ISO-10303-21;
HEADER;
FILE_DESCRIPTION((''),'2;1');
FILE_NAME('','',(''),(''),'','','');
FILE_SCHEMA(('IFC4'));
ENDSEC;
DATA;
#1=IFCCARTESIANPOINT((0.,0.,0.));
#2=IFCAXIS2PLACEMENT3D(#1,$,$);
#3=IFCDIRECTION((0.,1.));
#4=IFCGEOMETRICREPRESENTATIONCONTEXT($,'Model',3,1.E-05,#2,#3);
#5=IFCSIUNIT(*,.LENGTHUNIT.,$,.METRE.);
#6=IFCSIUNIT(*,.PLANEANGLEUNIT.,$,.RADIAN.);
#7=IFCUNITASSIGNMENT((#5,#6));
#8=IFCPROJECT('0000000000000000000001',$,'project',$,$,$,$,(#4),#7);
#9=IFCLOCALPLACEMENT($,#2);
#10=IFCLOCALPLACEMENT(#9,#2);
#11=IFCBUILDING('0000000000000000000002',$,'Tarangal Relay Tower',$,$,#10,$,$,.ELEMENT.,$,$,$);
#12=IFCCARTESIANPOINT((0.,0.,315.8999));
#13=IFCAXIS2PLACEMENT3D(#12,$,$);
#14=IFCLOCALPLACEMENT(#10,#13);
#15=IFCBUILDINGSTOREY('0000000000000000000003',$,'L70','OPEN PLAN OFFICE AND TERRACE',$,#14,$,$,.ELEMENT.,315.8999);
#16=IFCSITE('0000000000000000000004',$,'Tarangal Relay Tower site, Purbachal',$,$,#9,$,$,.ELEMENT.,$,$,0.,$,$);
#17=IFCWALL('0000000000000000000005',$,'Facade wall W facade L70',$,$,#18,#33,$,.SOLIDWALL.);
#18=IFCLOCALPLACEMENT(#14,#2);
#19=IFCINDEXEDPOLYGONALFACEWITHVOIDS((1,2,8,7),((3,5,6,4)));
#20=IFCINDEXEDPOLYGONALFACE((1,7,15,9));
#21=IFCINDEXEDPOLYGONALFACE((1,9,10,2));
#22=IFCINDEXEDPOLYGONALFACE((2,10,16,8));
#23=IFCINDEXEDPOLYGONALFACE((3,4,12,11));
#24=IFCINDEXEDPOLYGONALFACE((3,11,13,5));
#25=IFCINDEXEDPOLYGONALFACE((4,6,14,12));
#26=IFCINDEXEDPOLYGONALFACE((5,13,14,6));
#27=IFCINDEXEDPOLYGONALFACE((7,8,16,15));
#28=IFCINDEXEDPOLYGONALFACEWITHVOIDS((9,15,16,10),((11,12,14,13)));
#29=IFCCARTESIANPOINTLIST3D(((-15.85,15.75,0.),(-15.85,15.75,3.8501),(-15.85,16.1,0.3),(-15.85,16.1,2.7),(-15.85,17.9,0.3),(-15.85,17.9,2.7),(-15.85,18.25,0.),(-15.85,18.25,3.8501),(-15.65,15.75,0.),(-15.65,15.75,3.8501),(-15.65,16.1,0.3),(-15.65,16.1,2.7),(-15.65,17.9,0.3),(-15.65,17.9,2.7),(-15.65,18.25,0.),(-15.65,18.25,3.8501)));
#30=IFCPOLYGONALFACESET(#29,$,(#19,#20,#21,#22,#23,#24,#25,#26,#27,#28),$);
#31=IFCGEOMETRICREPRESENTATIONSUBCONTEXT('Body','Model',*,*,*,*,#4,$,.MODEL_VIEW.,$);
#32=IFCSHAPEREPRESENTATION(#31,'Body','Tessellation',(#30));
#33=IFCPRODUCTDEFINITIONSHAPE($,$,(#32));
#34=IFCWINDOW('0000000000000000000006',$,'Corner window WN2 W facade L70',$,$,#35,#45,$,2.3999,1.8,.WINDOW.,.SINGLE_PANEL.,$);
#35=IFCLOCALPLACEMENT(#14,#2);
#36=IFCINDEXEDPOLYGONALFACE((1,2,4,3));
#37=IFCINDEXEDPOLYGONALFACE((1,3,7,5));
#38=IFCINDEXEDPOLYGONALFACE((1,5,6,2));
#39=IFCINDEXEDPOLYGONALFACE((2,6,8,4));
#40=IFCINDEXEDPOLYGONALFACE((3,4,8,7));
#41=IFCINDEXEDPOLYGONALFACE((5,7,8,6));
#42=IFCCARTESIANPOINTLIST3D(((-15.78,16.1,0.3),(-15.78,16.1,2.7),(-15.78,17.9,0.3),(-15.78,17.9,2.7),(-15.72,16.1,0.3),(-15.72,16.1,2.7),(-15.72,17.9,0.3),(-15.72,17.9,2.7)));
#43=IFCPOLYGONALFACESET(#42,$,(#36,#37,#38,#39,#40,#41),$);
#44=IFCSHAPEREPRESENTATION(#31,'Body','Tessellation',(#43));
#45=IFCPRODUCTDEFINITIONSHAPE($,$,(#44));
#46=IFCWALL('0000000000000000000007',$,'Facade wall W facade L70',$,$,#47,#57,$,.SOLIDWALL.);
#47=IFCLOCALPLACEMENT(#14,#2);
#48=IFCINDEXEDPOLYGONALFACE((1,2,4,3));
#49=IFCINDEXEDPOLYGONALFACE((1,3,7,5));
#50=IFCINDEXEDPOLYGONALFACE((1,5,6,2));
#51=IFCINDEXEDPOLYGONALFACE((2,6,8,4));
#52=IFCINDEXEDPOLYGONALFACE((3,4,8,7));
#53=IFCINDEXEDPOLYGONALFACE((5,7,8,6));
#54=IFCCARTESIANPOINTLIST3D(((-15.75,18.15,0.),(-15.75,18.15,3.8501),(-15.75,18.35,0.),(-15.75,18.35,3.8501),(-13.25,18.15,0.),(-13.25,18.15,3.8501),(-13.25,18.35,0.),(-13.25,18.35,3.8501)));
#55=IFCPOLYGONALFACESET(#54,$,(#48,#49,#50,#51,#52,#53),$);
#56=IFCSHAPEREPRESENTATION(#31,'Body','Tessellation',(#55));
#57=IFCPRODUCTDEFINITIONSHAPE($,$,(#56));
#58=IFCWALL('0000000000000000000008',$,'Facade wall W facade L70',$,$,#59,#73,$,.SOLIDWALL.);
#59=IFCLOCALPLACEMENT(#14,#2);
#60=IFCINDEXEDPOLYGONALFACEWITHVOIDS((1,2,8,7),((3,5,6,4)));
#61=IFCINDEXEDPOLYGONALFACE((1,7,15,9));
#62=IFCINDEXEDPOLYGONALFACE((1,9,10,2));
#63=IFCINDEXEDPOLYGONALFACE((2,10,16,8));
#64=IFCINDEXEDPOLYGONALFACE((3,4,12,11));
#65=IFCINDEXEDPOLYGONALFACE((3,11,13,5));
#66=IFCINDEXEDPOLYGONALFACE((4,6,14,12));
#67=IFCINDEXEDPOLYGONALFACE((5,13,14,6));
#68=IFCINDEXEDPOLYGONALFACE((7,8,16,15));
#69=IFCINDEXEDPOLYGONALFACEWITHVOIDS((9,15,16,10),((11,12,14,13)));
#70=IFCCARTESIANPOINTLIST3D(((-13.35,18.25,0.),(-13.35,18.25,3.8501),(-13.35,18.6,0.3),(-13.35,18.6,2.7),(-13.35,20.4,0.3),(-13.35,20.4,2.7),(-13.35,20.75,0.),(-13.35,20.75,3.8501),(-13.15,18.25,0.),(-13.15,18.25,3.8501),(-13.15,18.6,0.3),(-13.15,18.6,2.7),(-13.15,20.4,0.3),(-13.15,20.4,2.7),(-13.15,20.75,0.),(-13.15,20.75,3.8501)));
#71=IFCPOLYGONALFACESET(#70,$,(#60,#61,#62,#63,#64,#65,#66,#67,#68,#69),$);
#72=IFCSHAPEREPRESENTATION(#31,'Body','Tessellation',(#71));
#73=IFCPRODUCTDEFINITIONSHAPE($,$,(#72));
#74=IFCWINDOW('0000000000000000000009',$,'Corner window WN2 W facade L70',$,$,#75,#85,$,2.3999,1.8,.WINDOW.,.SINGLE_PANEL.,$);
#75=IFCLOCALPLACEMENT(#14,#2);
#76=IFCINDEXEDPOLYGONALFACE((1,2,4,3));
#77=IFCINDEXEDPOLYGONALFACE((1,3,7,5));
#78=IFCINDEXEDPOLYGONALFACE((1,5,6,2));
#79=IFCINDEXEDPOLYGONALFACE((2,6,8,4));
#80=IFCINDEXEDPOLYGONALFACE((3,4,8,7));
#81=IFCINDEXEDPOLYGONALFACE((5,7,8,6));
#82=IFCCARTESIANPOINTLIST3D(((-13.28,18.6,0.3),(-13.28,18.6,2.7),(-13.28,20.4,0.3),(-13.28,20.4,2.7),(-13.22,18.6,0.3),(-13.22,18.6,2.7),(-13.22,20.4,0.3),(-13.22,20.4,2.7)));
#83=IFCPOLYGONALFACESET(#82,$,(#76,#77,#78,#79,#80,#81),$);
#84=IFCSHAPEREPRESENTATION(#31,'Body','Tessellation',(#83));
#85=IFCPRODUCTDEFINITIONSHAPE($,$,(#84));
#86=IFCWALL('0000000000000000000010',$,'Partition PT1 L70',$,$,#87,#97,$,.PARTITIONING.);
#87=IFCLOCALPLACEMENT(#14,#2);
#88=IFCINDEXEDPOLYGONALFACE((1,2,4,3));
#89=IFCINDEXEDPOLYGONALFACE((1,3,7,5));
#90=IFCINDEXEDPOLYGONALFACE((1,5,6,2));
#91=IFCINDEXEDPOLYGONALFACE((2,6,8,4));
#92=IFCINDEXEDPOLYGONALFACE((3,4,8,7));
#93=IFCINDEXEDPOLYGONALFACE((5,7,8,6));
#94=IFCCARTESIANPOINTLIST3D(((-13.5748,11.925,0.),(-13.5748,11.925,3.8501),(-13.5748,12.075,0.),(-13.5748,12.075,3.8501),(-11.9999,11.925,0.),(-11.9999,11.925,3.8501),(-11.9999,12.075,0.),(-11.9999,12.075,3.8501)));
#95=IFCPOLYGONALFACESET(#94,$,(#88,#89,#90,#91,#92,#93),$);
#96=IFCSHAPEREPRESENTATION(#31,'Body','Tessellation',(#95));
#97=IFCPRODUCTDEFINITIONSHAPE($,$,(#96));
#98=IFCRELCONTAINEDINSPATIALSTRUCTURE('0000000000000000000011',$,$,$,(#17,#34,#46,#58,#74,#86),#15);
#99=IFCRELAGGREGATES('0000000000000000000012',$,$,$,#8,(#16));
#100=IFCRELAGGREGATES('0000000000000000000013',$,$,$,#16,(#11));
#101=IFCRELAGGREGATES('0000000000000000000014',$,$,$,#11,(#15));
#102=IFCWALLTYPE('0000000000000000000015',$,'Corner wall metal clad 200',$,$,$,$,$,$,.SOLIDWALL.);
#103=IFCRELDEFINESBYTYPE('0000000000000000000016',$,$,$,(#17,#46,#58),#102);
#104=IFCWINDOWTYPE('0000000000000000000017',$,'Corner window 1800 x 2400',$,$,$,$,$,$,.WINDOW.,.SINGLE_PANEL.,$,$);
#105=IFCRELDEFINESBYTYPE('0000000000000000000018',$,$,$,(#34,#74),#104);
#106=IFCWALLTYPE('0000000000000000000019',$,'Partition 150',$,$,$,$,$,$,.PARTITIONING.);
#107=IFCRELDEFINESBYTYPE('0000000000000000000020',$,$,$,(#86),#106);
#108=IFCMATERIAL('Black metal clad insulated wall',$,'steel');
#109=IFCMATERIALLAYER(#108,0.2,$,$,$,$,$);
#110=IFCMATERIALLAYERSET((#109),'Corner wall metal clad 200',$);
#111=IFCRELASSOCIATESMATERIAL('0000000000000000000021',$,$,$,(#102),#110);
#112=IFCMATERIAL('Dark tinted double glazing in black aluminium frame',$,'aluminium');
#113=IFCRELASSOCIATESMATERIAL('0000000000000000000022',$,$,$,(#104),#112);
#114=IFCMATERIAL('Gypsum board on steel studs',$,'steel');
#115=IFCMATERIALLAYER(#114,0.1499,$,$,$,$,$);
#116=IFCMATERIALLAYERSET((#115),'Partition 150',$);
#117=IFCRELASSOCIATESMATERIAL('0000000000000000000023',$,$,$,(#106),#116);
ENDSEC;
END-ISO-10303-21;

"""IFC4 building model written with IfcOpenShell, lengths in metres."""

from ifc_helpers import new_model, si_unit, direction, frame, frame_2d, origin, place, context, subcontext, project, spatial, rectangle, extrude, material, layer, layer_set, type_object, element, fill, save


model = new_model("IFC4")

# Units and contexts
model_context = context("Model", 3, precision=1e-05, world=origin(), true_north=direction((0.0, 1.0)))
body_context = subcontext(model_context, "Body", "Model", "MODEL_VIEW")
ifc_project = project(units=[si_unit("LENGTHUNIT", "METRE"), si_unit("PLANEANGLEUNIT", "RADIAN")], contexts=[model_context])

# Site, building, storey
site_placement = place(None, origin())
site = spatial("IfcSite", under=ifc_project, at=site_placement, Name="Tarangal Relay Tower site, Purbachal", CompositionType="ELEMENT", RefElevation=0.0)
building_placement = place(site_placement, origin())
building = spatial("IfcBuilding", under=site, at=building_placement, Name="Tarangal Relay Tower", CompositionType="ELEMENT")
storey_placement = place(building_placement, frame((0.0, 0.0, 315.8999)))
storey = spatial("IfcBuildingStorey", under=building, at=storey_placement, Name="L70", Description="OPEN PLAN OFFICE AND TERRACE", CompositionType="ELEMENT", Elevation=315.8999)

# Shared definitions
ifc_material_1 = material(Name="Black metal clad insulated wall", Category="steel")
ifc_layer_1 = layer(ifc_material_1, 0.2)
ifc_layer_set_1 = layer_set([ifc_layer_1], Name="Corner wall metal clad 200")
wall_type_1 = type_object("IfcWallType", Name="Corner wall metal clad 200", PredefinedType="SOLIDWALL", material=ifc_layer_set_1)

# Shared definitions
ifc_material_2 = material(Name="Dark tinted double glazing in black aluminium frame", Category="aluminium")
window_type = type_object("IfcWindowType", Name="Corner window 1800 x 2400", PartitioningType="SINGLE_PANEL", PredefinedType="WINDOW", material=ifc_material_2)

# Wall, opening, window
wall_1_placement = place(storey_placement, frame((-15.75, 15.75, 0.0), z_axis=(0.0, 0.0, 1.0), x_axis=(0.0, 1.0, 0.0)))
wall_1 = element("IfcWall", 1, at=wall_1_placement, inside=storey, type_object=wall_type_1, Name="Facade wall W facade L70", PredefinedType="SOLIDWALL", context=body_context, shape_type="SweptSolid", body=[
    extrude(rectangle(XDim=2.5, YDim=0.2, at=frame_2d((1.25, 0.0))), origin(), (0.0, 0.0, 1.0), 3.8501),
])
opening_1_placement = place(wall_1_placement, frame((0.3501, 0.0, 0.3)))
opening_1 = element("IfcOpeningElement", 2, at=opening_1_placement, cuts=wall_1, PredefinedType="OPENING", context=body_context, shape_type="SweptSolid", body=[
    extrude(rectangle(XDim=1.8, YDim=2.3999, at=frame_2d((0.8999, 1.2))), frame((0.0, 0.1099, 0.0), z_axis=(0.0, -1.0, 0.0), x_axis=(1.0, 0.0, 0.0)), (0.0, 0.0, 1.0), 0.22),
])
window_1_placement = place(opening_1_placement, origin())
window_1 = element("IfcWindow", 3, at=window_1_placement, inside=storey, type_object=window_type, Name="Corner window WN2 W facade L70", OverallHeight=2.3999, OverallWidth=1.8, PartitioningType="SINGLE_PANEL", PredefinedType="WINDOW", context=body_context, shape_type="SweptSolid", body=[
    extrude(rectangle(XDim=1.8, YDim=2.3999, at=frame_2d((0.8999, 1.2))), frame((0.0, 0.03, 0.0), z_axis=(0.0, -1.0, 0.0), x_axis=(1.0, 0.0, 0.0)), (0.0, 0.0, 1.0), 0.0601),
])
fill(opening_1, window_1)

# Wall
wall_2_placement = place(storey_placement, frame((-15.75, 18.25, 0.0), z_axis=(0.0, 0.0, 1.0), x_axis=(1.0, 0.0, 0.0)))
element("IfcWall", 4, at=wall_2_placement, inside=storey, type_object=wall_type_1, Name="Facade wall W facade L70", PredefinedType="SOLIDWALL", context=body_context, shape_type="SweptSolid", body=[
    extrude(rectangle(XDim=2.5, YDim=0.2, at=frame_2d((1.25, 0.0))), origin(), (0.0, 0.0, 1.0), 3.8501),
])

# Wall, opening, window
wall_3_placement = place(storey_placement, frame((-13.25, 18.25, 0.0), z_axis=(0.0, 0.0, 1.0), x_axis=(0.0, 1.0, 0.0)))
wall_3 = element("IfcWall", 5, at=wall_3_placement, inside=storey, type_object=wall_type_1, Name="Facade wall W facade L70", PredefinedType="SOLIDWALL", context=body_context, shape_type="SweptSolid", body=[
    extrude(rectangle(XDim=2.5, YDim=0.2, at=frame_2d((1.25, 0.0))), origin(), (0.0, 0.0, 1.0), 3.8501),
])
opening_2_placement = place(wall_3_placement, frame((0.3501, 0.0, 0.3)))
opening_2 = element("IfcOpeningElement", 6, at=opening_2_placement, cuts=wall_3, PredefinedType="OPENING", context=body_context, shape_type="SweptSolid", body=[
    extrude(rectangle(XDim=1.8, YDim=2.3999, at=frame_2d((0.8999, 1.2))), frame((0.0, 0.1099, 0.0), z_axis=(0.0, -1.0, 0.0), x_axis=(1.0, 0.0, 0.0)), (0.0, 0.0, 1.0), 0.22),
])
window_2_placement = place(opening_2_placement, origin())
window_2 = element("IfcWindow", 7, at=window_2_placement, inside=storey, type_object=window_type, Name="Corner window WN2 W facade L70", OverallHeight=2.3999, OverallWidth=1.8, PartitioningType="SINGLE_PANEL", PredefinedType="WINDOW", context=body_context, shape_type="SweptSolid", body=[
    extrude(rectangle(XDim=1.8, YDim=2.3999, at=frame_2d((0.8999, 1.2))), frame((0.0, 0.03, 0.0), z_axis=(0.0, -1.0, 0.0), x_axis=(1.0, 0.0, 0.0)), (0.0, 0.0, 1.0), 0.0601),
])
fill(opening_2, window_2)

# Wall
ifc_material_3 = material(Name="Gypsum board on steel studs", Category="steel")
ifc_layer_2 = layer(ifc_material_3, 0.1499)
ifc_layer_set_2 = layer_set([ifc_layer_2], Name="Partition 150")
wall_type_2 = type_object("IfcWallType", Name="Partition 150", PredefinedType="PARTITIONING", material=ifc_layer_set_2)
wall_4_placement = place(storey_placement, frame((-13.575, 12.0, 0.0), z_axis=(0.0, 0.0, 1.0), x_axis=(1.0, 0.0, 0.0)))
element("IfcWall", 8, at=wall_4_placement, inside=storey, type_object=wall_type_2, Name="Partition PT1 L70", PredefinedType="PARTITIONING", context=body_context, shape_type="SweptSolid", body=[
    extrude(rectangle(XDim=1.575, YDim=0.1499, at=frame_2d((0.7876, 0.0))), origin(), (0.0, 0.0, 1.0), 3.8501),
])

save(model, "model.ifc")
